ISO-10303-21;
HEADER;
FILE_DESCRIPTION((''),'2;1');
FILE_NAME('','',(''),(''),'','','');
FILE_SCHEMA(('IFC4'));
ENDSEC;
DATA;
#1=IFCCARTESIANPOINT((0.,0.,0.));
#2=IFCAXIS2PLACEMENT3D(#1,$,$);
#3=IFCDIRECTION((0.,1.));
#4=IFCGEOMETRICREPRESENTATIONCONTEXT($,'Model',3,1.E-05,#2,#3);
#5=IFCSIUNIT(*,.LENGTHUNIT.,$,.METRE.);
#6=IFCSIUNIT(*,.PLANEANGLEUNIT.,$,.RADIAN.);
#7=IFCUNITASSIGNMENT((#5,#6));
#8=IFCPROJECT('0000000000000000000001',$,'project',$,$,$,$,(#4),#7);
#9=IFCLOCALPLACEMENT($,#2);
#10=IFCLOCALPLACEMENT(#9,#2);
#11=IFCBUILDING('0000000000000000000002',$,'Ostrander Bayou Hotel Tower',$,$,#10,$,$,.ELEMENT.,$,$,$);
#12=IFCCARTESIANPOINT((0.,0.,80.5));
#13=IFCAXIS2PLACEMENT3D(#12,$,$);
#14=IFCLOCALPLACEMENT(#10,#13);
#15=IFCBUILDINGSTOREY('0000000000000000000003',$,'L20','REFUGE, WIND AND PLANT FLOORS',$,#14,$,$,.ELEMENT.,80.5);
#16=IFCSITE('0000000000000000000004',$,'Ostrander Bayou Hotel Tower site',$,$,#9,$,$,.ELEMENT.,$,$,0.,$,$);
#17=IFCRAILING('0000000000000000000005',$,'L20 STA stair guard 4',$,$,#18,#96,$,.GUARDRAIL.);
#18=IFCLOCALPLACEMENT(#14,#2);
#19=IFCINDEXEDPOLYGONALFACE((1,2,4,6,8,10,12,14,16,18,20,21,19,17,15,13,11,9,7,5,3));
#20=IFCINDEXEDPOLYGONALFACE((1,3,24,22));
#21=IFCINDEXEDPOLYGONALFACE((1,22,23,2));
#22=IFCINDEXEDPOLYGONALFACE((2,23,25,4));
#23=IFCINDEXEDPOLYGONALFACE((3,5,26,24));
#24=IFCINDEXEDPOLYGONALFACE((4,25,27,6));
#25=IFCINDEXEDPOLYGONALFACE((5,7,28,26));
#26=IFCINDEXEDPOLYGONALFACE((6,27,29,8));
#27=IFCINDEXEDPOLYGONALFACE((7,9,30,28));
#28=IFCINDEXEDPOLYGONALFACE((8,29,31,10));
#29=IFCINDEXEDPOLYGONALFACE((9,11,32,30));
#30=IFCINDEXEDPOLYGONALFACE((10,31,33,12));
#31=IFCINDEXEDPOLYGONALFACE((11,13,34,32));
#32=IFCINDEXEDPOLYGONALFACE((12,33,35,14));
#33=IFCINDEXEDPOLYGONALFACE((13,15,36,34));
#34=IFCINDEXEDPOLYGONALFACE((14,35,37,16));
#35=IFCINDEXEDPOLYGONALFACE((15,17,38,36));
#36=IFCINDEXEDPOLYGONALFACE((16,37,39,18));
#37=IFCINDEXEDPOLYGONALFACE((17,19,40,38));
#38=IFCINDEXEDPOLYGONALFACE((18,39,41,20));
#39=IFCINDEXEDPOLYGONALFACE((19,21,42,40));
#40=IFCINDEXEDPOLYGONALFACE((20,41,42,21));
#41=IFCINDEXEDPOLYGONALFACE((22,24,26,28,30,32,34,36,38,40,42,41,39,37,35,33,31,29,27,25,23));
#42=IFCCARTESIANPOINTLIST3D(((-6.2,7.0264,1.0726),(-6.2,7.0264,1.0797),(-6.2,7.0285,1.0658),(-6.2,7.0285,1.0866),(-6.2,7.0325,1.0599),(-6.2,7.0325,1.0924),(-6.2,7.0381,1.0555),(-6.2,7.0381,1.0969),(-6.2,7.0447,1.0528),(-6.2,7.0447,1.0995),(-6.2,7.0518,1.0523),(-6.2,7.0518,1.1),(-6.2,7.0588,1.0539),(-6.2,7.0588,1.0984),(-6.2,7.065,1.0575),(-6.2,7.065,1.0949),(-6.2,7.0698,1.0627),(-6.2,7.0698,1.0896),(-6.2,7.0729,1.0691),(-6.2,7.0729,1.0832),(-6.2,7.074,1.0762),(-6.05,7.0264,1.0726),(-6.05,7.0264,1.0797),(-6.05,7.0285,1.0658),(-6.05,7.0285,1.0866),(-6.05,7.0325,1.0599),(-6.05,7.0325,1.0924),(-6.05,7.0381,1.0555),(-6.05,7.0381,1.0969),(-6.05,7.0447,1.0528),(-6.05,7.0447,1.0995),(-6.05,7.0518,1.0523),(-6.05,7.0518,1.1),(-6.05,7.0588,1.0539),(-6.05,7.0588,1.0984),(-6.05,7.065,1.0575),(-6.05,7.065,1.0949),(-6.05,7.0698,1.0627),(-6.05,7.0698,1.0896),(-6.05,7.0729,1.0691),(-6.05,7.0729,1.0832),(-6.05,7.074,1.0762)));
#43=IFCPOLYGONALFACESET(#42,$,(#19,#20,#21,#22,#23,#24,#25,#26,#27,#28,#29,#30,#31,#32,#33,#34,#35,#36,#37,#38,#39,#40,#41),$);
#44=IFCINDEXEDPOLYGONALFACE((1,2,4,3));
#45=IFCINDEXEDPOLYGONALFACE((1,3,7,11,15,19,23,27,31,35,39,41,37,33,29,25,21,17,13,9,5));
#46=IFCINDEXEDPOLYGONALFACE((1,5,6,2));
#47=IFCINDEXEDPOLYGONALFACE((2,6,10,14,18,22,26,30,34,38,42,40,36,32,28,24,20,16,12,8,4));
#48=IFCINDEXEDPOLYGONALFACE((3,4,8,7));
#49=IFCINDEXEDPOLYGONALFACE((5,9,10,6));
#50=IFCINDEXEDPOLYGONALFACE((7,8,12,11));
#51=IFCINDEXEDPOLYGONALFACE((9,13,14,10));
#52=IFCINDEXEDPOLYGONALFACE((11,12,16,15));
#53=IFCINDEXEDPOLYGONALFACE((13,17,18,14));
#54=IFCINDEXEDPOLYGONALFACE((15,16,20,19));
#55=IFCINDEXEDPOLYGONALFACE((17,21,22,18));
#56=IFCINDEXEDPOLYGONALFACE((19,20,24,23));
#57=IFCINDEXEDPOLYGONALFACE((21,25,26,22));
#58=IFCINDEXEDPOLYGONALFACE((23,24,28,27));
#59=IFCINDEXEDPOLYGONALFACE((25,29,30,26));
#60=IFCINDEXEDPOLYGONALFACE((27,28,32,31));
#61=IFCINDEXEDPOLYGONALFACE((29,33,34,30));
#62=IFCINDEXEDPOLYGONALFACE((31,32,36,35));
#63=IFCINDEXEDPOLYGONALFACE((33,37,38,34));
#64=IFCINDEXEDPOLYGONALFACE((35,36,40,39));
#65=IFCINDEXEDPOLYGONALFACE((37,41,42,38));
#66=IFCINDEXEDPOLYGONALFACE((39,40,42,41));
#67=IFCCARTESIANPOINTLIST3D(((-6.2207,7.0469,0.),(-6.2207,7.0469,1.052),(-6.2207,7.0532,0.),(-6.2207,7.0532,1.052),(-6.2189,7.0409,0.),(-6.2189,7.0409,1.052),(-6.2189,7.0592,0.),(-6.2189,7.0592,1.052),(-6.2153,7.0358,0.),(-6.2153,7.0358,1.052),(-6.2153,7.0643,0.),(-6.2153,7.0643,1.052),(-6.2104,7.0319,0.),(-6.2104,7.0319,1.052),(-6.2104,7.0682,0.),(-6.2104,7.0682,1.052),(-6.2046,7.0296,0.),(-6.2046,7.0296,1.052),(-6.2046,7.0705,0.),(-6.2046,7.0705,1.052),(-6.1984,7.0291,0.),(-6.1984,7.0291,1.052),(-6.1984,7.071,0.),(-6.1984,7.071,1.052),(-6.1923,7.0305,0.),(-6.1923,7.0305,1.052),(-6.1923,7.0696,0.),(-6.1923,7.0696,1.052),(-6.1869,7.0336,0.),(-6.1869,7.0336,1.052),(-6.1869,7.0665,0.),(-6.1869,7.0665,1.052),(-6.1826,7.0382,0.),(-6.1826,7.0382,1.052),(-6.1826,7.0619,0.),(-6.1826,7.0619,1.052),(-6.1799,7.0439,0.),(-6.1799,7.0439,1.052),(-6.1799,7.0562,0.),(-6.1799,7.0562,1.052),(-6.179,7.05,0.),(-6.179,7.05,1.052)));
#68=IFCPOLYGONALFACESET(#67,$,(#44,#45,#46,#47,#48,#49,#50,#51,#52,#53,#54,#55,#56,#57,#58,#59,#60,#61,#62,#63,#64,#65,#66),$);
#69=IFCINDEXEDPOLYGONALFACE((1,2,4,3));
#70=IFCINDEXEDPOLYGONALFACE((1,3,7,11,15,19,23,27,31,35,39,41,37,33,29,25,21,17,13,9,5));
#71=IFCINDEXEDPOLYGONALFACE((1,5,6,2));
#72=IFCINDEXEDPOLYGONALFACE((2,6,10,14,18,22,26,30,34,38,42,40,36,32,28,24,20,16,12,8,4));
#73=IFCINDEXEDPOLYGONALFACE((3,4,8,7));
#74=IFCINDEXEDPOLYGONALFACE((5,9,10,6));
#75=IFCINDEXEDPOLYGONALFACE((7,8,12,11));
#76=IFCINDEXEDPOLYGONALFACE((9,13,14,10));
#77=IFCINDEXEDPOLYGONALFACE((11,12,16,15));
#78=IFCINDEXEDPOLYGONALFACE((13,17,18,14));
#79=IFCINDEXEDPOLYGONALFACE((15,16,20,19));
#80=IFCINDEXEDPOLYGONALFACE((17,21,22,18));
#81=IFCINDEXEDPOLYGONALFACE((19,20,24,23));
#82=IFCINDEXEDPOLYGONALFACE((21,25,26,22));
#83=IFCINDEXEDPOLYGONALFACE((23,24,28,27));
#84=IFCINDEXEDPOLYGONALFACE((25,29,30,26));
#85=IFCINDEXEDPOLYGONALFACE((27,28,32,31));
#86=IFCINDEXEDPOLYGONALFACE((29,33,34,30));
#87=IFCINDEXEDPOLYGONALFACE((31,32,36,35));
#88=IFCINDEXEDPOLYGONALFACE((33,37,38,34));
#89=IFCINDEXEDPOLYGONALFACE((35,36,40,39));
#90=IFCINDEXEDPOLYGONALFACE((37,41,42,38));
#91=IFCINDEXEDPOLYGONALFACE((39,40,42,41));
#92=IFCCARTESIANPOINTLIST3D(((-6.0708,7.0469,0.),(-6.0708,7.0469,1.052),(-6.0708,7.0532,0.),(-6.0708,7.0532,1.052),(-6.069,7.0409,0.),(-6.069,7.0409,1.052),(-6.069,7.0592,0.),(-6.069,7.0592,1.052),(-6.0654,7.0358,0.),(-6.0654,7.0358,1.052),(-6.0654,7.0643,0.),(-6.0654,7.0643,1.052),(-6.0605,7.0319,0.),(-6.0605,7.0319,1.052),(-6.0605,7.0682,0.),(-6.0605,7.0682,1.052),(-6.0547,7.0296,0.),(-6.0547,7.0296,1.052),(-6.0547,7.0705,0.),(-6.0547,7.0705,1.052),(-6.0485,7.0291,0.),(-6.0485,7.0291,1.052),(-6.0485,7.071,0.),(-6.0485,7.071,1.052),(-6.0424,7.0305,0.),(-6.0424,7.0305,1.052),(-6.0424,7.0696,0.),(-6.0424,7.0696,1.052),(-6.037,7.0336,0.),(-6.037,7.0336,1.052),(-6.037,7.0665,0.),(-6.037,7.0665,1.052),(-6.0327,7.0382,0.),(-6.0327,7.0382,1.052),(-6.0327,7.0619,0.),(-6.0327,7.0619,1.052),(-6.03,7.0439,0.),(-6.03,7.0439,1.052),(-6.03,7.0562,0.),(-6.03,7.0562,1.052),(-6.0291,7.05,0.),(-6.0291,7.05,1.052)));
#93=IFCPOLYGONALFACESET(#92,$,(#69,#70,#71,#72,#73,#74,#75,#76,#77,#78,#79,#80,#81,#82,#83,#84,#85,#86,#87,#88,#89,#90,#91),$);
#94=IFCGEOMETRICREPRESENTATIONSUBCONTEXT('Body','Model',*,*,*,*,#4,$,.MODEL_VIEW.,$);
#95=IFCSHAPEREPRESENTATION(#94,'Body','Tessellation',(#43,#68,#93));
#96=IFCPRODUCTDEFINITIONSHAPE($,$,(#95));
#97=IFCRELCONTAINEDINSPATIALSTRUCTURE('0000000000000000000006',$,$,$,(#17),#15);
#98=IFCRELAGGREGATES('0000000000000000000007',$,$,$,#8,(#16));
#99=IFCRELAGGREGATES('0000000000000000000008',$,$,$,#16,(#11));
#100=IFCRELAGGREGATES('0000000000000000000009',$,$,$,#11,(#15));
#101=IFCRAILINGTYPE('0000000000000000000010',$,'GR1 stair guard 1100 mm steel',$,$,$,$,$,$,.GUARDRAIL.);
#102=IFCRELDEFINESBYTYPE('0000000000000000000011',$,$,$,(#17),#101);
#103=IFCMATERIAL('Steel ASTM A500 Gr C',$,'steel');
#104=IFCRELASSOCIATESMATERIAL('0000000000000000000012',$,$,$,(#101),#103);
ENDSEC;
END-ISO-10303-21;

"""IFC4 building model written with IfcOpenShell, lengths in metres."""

from ifc_helpers import new_model, si_unit, direction, frame, origin, origin_2d, place, context, subcontext, project, spatial, circle, extrude, material, type_object, element, save


model = new_model("IFC4")

# Units and contexts
model_context = context("Model", 3, precision=1e-05, world=origin(), true_north=direction((0.0, 1.0)))
body_context = subcontext(model_context, "Body", "Model", "MODEL_VIEW")
ifc_project = project(units=[si_unit("LENGTHUNIT", "METRE"), si_unit("PLANEANGLEUNIT", "RADIAN")], contexts=[model_context])

# Site, building, storey
site_placement = place(None, origin())
site = spatial("IfcSite", under=ifc_project, at=site_placement, Name="Ostrander Bayou Hotel Tower site", CompositionType="ELEMENT", RefElevation=0.0)
building_placement = place(site_placement, origin())
building = spatial("IfcBuilding", under=site, at=building_placement, Name="Ostrander Bayou Hotel Tower", CompositionType="ELEMENT")
storey_placement = place(building_placement, frame((0.0, 0.0, 80.5)))
storey = spatial("IfcBuildingStorey", under=building, at=storey_placement, Name="L20", Description="REFUGE, WIND AND PLANT FLOORS", CompositionType="ELEMENT", Elevation=80.5)

# Railing
ifc_material_1 = material(Name="Steel ASTM A500 Gr C", Category="steel")
railing_type_1 = type_object("IfcRailingType", Name="GR1 stair guard 1100 mm steel", PredefinedType="GUARDRAIL", material=ifc_material_1)
railing_1_placement = place(storey_placement, frame((-6.2, 7.05, 0.0)))
element("IfcRailing", 1, at=railing_1_placement, inside=storey, type_object=railing_type_1, Name="L20 STA stair guard 4", PredefinedType="GUARDRAIL", context=body_context, shape_type="SweptSolid", body=[
    extrude(circle(Radius=0.0239, at=origin_2d()), frame((0.0, 0.0, 1.0762), z_axis=(1.0, 0.0, 0.0), x_axis=(0.0, 1.0, 0.0)), (0.0, 0.0, 1.0), 0.1499),
    extrude(circle(Radius=0.021, at=origin_2d()), origin(), (0.0, 0.0, 1.0), 1.052),
    extrude(circle(Radius=0.021, at=origin_2d()), frame((0.1499, 0.0, 0.0)), (0.0, 0.0, 1.0), 1.052),
])

save(model, "model.ifc")
